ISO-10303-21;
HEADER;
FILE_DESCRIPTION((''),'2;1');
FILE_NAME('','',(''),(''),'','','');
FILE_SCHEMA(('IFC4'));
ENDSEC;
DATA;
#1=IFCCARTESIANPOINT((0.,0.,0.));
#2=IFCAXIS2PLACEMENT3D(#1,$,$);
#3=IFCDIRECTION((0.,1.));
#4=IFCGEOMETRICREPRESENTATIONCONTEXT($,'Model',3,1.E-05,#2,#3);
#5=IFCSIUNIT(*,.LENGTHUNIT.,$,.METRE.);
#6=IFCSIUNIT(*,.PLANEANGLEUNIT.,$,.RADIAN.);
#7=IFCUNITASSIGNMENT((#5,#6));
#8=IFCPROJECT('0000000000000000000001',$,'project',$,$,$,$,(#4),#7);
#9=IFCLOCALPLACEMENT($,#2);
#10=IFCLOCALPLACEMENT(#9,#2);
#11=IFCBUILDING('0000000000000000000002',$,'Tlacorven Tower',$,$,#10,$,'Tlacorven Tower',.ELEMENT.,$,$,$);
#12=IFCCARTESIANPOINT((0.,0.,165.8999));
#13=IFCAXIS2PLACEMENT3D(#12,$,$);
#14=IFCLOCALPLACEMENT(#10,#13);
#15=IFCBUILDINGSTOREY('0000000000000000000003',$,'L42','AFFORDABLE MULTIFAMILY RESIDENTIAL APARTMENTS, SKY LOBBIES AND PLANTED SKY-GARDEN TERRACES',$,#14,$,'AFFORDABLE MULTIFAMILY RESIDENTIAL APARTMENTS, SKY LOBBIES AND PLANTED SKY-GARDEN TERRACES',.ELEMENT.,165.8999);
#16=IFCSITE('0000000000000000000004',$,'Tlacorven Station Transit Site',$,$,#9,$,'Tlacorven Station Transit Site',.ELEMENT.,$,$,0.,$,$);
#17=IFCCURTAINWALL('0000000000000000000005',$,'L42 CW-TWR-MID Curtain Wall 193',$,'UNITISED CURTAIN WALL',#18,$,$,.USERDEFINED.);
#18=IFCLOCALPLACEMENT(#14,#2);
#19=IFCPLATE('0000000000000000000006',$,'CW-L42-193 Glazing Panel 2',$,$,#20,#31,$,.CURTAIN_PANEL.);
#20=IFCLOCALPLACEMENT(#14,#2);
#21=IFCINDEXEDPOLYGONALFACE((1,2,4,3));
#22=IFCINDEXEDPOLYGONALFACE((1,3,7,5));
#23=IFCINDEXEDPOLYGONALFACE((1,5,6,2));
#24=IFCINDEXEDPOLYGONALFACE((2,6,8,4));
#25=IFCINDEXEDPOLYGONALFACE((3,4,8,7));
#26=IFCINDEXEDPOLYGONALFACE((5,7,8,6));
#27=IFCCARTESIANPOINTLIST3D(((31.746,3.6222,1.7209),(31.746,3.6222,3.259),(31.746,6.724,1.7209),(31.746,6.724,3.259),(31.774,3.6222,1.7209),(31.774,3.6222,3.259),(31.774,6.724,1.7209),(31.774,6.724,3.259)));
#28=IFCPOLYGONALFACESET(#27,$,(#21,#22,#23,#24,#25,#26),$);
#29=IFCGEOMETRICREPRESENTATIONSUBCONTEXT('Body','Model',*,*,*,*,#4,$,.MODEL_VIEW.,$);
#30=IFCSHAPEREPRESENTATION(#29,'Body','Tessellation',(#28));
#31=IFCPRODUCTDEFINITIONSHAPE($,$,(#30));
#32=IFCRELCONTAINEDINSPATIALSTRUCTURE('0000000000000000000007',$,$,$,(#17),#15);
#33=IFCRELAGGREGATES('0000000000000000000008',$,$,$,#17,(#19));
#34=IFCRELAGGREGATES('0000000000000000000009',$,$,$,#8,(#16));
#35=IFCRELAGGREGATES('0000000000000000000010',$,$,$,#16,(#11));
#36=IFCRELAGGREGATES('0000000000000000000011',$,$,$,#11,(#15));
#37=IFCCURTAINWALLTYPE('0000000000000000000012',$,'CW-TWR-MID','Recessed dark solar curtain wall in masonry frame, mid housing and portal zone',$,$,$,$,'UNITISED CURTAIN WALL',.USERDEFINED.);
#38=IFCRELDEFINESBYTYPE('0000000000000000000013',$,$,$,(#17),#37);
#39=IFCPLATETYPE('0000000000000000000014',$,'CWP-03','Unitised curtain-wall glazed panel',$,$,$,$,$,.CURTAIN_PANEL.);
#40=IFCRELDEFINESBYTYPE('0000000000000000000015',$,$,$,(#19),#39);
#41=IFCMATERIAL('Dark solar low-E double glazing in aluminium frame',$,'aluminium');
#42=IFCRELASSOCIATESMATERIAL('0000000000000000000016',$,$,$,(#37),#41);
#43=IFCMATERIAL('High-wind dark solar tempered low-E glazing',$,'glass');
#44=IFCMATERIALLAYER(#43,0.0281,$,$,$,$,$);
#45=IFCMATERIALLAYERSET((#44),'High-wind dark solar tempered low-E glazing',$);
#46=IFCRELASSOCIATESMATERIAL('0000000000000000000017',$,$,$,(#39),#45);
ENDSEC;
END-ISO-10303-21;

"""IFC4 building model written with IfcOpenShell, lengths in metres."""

from ifc_helpers import new_model, si_unit, direction, frame, origin, origin_2d, place, context, subcontext, project, spatial, rectangle, extrude, source, transform, mapped, material, layer, layer_set, type_object, element, aggregate, save


model = new_model("IFC4")

# Units and contexts
model_context = context("Model", 3, precision=1e-05, world=origin(), true_north=direction((0.0, 1.0)))
body_context = subcontext(model_context, "Body", "Model", "MODEL_VIEW")
ifc_project = project(units=[si_unit("LENGTHUNIT", "METRE"), si_unit("PLANEANGLEUNIT", "RADIAN")], contexts=[model_context])

# Site, building, storey
site_placement = place(None, origin())
site = spatial("IfcSite", under=ifc_project, at=site_placement, Name="Tlacorven Station Transit Site", LongName="Tlacorven Station Transit Site", CompositionType="ELEMENT", RefElevation=0.0)
building_placement = place(site_placement, origin())
building = spatial("IfcBuilding", under=site, at=building_placement, Name="Tlacorven Tower", LongName="Tlacorven Tower", CompositionType="ELEMENT")
storey_placement = place(building_placement, frame((0.0, 0.0, 165.8999)))
storey = spatial("IfcBuildingStorey", under=building, at=storey_placement, Name="L42", Description="AFFORDABLE MULTIFAMILY RESIDENTIAL APARTMENTS, SKY LOBBIES AND PLANTED SKY-GARDEN TERRACES", LongName="AFFORDABLE MULTIFAMILY RESIDENTIAL APARTMENTS, SKY LOBBIES AND PLANTED SKY-GARDEN TERRACES", CompositionType="ELEMENT", Elevation=165.8999)

# Curtain wall
ifc_material_1 = material(Name="Dark solar low-E double glazing in aluminium frame", Category="aluminium")
curtain_wall_type = type_object("IfcCurtainWallType", Name="CW-TWR-MID", Description="Recessed dark solar curtain wall in masonry frame, mid housing and portal zone", ElementType="UNITISED CURTAIN WALL", PredefinedType="USERDEFINED", material=ifc_material_1)
curtain_wall_1_placement = place(storey_placement, origin())
curtain_wall_1 = element("IfcCurtainWall", 1, at=curtain_wall_1_placement, inside=storey, type_object=curtain_wall_type, Name="L42 CW-TWR-MID Curtain Wall 193", ObjectType="UNITISED CURTAIN WALL", PredefinedType="USERDEFINED")

# Plate
ifc_material_2 = material(Name="High-wind dark solar tempered low-E glazing", Category="glass")
ifc_layer = layer(ifc_material_2, 0.0281)
ifc_layer_set = layer_set([ifc_layer], Name="High-wind dark solar tempered low-E glazing")
plate_type = type_object("IfcPlateType", Name="CWP-03", Description="Unitised curtain-wall glazed panel", PredefinedType="CURTAIN_PANEL", material=ifc_layer_set)
shared_shape_1 = source(origin(), body_context, "Body", "SweptSolid", [
    extrude(rectangle(XDim=3.1018, YDim=0.0281, at=origin_2d()), origin(), (0.0, 0.0, 1.0), 1.5381),
])
plate_1_placement = place(storey_placement, frame((31.76, 5.1731, 1.7209), z_axis=(0.0, 0.0, 1.0), x_axis=(0.0, 1.0, 0.0)))
plate_1 = element("IfcPlate", 2, at=plate_1_placement, type_object=plate_type, Name="CW-L42-193 Glazing Panel 2", PredefinedType="CURTAIN_PANEL", context=body_context, shape_type="MappedRepresentation", body=[
    mapped(shared_shape_1, transform((0.0, 0.0, 0.0), scale=1.0)),
])
aggregate(curtain_wall_1, [plate_1])

save(model, "model.ifc")
